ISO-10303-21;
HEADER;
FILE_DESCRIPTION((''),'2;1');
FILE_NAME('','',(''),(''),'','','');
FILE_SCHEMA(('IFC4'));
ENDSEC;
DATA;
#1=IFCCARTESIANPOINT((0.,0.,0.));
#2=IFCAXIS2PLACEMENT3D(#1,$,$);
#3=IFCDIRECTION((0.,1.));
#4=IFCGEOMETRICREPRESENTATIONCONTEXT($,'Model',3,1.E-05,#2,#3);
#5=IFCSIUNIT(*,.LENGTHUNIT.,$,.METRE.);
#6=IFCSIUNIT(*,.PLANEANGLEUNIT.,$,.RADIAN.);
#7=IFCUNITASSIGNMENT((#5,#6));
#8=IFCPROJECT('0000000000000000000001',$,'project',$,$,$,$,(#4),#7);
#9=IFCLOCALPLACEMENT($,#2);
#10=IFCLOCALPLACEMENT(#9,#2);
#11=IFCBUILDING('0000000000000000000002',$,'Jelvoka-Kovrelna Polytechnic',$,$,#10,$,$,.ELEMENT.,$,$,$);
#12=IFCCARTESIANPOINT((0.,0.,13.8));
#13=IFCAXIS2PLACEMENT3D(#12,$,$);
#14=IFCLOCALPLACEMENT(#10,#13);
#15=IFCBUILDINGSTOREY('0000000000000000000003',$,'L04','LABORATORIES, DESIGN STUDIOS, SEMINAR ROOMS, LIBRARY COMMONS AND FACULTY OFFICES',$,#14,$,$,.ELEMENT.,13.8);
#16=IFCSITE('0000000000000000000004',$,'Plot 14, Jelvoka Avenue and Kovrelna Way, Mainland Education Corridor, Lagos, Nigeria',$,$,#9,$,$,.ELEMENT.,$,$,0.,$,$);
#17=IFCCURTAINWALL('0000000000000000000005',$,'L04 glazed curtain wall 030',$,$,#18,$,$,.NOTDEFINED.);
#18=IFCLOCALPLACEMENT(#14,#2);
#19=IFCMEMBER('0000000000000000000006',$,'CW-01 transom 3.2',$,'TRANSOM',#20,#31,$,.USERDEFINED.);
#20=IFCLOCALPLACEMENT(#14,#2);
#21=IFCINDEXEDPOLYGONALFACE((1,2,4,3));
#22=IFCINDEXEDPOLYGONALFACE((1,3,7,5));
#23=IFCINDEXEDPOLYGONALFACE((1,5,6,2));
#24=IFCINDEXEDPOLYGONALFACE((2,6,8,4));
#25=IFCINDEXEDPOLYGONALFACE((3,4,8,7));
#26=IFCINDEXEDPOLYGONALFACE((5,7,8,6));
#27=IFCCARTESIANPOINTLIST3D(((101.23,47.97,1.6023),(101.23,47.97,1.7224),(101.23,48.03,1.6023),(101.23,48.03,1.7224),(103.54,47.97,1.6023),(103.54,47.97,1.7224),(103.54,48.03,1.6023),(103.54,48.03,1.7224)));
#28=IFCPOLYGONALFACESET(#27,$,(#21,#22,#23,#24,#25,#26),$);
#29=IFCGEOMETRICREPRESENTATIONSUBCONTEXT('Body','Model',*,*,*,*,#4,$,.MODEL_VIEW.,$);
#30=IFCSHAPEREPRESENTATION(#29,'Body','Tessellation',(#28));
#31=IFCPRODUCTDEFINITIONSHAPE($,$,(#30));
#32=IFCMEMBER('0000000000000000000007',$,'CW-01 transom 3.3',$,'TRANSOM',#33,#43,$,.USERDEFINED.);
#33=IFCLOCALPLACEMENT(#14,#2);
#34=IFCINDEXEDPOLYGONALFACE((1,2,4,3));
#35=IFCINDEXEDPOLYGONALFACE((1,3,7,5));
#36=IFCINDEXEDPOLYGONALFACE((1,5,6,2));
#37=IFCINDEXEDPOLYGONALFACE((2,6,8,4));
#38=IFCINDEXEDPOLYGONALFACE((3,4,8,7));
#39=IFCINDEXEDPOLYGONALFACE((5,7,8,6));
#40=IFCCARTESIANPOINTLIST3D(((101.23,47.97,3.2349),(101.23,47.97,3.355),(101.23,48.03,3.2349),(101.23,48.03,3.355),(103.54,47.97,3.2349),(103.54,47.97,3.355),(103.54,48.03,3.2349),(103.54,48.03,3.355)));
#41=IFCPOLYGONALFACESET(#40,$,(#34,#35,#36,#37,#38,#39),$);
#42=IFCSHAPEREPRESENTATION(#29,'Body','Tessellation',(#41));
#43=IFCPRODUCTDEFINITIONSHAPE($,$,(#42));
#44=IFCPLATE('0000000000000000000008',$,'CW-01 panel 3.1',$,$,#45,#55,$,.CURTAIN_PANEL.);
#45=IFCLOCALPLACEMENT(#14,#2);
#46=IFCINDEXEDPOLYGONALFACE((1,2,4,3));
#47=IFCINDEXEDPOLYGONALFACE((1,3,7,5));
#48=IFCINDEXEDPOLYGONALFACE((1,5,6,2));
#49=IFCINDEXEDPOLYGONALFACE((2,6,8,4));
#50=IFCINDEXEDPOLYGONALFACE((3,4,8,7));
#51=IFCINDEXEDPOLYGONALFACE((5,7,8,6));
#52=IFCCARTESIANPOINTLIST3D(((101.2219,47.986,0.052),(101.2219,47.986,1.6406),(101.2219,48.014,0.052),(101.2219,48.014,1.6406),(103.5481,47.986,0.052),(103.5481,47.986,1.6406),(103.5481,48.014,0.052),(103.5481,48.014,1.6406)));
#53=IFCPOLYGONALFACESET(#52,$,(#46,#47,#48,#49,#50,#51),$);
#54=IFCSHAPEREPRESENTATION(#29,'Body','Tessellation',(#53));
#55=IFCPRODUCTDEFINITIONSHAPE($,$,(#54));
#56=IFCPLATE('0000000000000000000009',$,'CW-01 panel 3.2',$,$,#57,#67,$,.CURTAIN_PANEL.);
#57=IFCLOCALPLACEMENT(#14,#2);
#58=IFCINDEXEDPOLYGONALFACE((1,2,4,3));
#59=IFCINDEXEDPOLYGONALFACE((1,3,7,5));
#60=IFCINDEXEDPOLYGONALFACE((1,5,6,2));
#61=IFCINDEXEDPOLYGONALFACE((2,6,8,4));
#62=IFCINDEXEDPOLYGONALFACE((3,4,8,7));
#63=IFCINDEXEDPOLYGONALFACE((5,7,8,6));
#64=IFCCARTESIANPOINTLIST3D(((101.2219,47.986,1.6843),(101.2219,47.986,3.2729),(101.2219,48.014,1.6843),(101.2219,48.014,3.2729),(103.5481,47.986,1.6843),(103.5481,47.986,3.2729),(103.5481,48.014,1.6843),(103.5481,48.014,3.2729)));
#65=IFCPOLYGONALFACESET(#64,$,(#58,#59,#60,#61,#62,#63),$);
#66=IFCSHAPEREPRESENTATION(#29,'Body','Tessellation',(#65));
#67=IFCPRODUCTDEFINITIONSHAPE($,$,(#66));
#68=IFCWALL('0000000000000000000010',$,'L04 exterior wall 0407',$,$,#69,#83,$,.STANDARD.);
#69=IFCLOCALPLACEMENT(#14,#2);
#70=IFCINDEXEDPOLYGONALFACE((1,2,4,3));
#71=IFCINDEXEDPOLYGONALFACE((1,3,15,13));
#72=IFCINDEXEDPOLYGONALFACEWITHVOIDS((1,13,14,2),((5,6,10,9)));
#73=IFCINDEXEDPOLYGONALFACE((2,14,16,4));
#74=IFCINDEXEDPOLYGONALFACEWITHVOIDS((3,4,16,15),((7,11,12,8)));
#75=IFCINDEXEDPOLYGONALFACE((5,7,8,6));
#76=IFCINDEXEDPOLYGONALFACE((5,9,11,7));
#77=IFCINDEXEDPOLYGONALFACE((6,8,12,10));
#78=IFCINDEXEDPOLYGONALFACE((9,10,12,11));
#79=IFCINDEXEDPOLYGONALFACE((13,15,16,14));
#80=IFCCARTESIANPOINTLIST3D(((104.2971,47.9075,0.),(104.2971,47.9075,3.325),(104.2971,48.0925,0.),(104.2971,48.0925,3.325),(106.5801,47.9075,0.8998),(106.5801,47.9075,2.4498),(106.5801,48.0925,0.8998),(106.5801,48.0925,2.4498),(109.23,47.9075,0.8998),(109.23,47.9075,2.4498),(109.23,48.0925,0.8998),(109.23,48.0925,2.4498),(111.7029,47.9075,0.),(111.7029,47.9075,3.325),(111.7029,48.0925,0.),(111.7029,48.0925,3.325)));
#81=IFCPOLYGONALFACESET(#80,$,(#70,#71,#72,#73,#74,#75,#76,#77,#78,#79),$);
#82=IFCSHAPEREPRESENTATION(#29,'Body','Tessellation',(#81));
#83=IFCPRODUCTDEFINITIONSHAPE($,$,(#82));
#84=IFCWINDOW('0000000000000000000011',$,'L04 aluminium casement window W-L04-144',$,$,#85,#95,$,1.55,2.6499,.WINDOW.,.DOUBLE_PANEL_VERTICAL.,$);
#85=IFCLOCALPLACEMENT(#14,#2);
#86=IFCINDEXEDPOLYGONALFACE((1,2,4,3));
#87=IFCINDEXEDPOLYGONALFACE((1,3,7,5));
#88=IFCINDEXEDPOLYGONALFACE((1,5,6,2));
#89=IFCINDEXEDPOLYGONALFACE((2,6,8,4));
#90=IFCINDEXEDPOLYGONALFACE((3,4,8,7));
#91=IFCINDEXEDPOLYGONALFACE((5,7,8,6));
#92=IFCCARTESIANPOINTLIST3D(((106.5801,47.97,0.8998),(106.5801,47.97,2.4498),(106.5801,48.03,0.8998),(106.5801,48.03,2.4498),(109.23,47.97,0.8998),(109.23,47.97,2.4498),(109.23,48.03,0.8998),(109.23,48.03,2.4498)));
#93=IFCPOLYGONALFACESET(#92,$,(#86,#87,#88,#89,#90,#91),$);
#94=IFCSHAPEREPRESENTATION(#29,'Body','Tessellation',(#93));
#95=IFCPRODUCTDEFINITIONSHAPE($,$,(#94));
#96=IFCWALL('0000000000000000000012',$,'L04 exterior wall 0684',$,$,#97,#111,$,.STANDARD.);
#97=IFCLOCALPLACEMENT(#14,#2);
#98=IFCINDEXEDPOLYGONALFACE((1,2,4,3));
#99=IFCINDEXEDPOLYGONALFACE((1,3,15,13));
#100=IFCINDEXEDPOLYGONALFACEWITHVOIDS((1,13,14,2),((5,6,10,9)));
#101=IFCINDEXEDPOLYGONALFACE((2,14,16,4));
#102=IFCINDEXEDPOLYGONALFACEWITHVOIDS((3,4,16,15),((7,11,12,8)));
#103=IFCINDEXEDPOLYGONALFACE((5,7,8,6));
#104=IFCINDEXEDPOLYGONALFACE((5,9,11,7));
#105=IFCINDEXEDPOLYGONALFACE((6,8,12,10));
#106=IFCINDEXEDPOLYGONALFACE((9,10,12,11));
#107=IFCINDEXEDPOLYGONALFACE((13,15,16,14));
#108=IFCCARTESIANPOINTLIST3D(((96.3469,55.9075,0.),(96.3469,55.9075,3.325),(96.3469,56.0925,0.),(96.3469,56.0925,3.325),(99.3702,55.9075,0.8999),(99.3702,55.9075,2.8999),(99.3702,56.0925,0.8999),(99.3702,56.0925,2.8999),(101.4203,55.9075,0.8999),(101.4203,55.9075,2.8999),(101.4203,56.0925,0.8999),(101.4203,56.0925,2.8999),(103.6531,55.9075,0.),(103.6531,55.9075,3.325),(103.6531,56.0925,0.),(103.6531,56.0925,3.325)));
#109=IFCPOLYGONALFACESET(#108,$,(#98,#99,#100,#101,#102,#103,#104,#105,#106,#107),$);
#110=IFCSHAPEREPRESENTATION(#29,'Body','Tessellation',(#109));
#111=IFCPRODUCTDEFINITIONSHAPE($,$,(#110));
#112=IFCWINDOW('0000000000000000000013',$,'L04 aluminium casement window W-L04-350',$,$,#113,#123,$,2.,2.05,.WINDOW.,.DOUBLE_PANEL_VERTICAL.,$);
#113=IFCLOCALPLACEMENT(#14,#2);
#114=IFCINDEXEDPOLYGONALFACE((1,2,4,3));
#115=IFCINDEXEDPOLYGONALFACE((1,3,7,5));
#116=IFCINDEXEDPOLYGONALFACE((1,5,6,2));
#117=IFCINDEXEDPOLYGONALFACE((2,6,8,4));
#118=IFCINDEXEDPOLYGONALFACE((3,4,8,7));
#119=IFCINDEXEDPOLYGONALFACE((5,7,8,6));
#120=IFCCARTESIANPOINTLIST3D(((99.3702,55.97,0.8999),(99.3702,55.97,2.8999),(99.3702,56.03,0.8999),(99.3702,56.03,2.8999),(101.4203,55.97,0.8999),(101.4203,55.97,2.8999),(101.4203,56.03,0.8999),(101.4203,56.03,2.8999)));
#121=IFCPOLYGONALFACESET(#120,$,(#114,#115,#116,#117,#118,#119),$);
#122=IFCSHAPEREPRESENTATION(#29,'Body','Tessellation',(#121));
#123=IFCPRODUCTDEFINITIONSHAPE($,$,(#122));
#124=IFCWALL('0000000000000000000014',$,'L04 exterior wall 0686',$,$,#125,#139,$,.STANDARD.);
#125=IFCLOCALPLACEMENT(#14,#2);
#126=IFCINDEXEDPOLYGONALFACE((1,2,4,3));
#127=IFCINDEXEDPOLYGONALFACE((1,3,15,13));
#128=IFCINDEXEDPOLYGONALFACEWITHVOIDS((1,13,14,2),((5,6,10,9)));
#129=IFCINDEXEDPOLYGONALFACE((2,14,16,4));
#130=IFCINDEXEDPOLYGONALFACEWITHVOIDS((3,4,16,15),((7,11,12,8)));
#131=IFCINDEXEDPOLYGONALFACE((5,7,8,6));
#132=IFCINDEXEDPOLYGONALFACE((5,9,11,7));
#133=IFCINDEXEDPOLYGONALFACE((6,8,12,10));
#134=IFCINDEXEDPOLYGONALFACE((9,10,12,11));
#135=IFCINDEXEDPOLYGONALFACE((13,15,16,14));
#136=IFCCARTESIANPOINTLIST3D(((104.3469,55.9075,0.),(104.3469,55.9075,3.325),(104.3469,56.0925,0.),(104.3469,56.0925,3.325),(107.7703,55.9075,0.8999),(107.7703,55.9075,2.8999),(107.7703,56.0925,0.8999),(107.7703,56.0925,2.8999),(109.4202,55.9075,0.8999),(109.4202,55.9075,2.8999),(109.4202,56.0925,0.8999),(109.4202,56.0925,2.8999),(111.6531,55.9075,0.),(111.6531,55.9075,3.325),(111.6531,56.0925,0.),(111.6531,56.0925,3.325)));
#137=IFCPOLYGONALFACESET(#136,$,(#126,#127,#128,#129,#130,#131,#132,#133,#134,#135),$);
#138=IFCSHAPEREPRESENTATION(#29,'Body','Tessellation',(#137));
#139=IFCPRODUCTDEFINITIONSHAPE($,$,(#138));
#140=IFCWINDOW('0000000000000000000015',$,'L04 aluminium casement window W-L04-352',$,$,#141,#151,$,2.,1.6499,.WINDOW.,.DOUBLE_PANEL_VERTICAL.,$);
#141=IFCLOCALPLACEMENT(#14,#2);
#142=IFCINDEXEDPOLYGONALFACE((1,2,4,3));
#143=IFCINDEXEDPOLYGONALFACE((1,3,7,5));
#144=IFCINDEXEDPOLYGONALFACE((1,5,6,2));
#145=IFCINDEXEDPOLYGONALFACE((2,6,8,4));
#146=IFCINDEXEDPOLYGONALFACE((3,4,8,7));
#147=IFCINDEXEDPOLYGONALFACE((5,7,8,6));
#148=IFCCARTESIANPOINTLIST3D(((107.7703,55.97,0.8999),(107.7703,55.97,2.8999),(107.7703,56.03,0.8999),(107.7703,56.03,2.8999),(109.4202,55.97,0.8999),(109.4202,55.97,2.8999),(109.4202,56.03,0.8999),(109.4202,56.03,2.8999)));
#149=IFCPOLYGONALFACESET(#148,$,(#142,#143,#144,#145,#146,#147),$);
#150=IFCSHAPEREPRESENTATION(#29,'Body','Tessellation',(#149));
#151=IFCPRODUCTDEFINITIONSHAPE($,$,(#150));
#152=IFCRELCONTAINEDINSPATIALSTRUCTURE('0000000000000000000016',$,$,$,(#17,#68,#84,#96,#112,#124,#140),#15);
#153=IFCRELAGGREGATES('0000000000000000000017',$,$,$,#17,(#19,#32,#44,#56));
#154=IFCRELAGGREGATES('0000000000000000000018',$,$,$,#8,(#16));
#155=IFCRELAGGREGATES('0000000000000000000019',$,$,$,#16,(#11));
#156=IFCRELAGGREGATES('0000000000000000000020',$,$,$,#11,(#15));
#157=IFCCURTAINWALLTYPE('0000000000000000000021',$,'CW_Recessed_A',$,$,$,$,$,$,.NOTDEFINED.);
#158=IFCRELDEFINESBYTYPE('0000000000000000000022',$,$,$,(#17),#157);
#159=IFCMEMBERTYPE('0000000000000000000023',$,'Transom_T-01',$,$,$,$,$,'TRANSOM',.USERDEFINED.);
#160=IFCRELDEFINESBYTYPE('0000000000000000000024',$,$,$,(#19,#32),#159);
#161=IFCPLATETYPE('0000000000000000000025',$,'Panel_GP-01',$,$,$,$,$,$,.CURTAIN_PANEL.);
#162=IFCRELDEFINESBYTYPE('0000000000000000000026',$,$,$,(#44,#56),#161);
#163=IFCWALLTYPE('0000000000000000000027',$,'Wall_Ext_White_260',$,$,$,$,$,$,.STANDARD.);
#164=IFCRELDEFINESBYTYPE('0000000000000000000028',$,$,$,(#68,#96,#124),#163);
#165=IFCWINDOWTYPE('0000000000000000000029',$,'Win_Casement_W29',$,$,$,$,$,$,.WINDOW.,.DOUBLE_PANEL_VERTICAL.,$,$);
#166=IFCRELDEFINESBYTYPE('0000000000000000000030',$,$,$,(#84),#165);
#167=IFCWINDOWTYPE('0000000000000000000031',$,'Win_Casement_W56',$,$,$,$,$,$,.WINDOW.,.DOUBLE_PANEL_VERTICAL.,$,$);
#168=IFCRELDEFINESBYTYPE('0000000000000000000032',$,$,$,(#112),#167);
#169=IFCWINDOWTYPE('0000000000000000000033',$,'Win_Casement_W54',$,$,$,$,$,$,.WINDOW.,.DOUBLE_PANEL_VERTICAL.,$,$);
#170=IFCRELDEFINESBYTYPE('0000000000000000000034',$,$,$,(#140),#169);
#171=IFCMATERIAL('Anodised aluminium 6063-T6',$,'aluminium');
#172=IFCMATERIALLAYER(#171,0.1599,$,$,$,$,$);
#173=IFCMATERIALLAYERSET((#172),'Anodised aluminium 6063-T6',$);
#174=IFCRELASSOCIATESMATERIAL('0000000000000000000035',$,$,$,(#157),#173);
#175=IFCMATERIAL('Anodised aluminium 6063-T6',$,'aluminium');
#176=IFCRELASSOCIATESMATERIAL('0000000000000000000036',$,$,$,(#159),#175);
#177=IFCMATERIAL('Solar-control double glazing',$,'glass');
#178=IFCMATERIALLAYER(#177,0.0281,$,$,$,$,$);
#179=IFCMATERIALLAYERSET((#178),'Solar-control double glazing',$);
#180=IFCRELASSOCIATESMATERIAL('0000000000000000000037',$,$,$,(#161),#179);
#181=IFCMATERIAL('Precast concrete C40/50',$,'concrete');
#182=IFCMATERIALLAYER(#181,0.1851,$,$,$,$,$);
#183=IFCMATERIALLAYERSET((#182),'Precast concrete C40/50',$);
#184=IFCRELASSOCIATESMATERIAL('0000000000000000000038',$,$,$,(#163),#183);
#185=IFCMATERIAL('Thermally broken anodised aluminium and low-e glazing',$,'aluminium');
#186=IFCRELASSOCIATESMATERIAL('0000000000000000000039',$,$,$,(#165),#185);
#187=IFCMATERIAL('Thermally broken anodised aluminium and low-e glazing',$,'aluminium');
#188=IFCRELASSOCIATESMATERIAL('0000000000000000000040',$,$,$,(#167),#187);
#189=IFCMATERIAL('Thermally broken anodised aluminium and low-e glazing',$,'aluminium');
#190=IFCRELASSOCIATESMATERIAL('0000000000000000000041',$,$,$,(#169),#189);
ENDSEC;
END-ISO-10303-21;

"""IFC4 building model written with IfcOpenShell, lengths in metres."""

from ifc_helpers import new_model, si_unit, direction, frame, frame_2d, origin, origin_2d, place, context, subcontext, project, spatial, rectangle, extrude, material, layer, layer_set, material_profile, profile_set, type_object, element, fill, aggregate, save


model = new_model("IFC4")

# Units and contexts
model_context = context("Model", 3, precision=1e-05, world=origin(), true_north=direction((0.0, 1.0)))
body_context = subcontext(model_context, "Body", "Model", "MODEL_VIEW")
ifc_project = project(units=[si_unit("LENGTHUNIT", "METRE"), si_unit("PLANEANGLEUNIT", "RADIAN")], contexts=[model_context])

# Site, building, storey
site_placement = place(None, origin())
site = spatial("IfcSite", under=ifc_project, at=site_placement, Name="Plot 14, Jelvoka Avenue and Kovrelna Way, Mainland Education Corridor, Lagos, Nigeria", CompositionType="ELEMENT", RefElevation=0.0)
building_placement = place(site_placement, origin())
building = spatial("IfcBuilding", under=site, at=building_placement, Name="Jelvoka-Kovrelna Polytechnic", CompositionType="ELEMENT")
storey_placement = place(building_placement, frame((0.0, 0.0, 13.8)))
storey = spatial("IfcBuildingStorey", under=building, at=storey_placement, Name="L04", Description="LABORATORIES, DESIGN STUDIOS, SEMINAR ROOMS, LIBRARY COMMONS AND FACULTY OFFICES", CompositionType="ELEMENT", Elevation=13.8)

# Curtain wall
ifc_material_1 = material(Name="Anodised aluminium 6063-T6", Category="aluminium")
ifc_layer_1 = layer(ifc_material_1, 0.1599)
ifc_layer_set_1 = layer_set([ifc_layer_1], Name="Anodised aluminium 6063-T6")
curtain_wall_type = type_object("IfcCurtainWallType", Name="CW_Recessed_A", PredefinedType="NOTDEFINED", material=ifc_layer_set_1)
curtain_wall_placement = place(storey_placement, origin())
curtain_wall = element("IfcCurtainWall", 1, at=curtain_wall_placement, inside=storey, type_object=curtain_wall_type, Name="L04 glazed curtain wall 030", PredefinedType="NOTDEFINED")

# Members
ifc_material_2 = material(Name="Anodised aluminium 6063-T6", Category="aluminium")
ifc_material_profile_1 = material_profile(ifc_material_2, rectangle(XDim=0.0601, YDim=0.1201, at=origin_2d()), Name="ALU 60x120")
ifc_profile_set_1 = profile_set([ifc_material_profile_1], Name="Anodised aluminium 6063-T6")
member_type_1 = type_object("IfcMemberType", Name="Transom_T-01", ElementType="TRANSOM", PredefinedType="USERDEFINED", material=ifc_profile_set_1)
member_1_placement = place(storey_placement, frame((101.23, 48.0, 1.6624), z_axis=(1.0, 0.0, 0.0), x_axis=(0.0, 1.0, 0.0)))
member_1 = element("IfcMember", 2, at=member_1_placement, type_object=member_type_1, Name="CW-01 transom 3.2", ObjectType="TRANSOM", PredefinedType="USERDEFINED", context=body_context, shape_type="SweptSolid", body=[
    extrude(rectangle(XDim=0.0601, YDim=0.1201, at=origin_2d()), origin(), (0.0, 0.0, 1.0), 2.3101),
])
member_2_placement = place(storey_placement, frame((101.23, 48.0, 3.2949), z_axis=(1.0, 0.0, 0.0), x_axis=(0.0, 1.0, 0.0)))
member_2 = element("IfcMember", 3, at=member_2_placement, type_object=member_type_1, Name="CW-01 transom 3.3", ObjectType="TRANSOM", PredefinedType="USERDEFINED", context=body_context, shape_type="SweptSolid", body=[
    extrude(rectangle(XDim=0.0601, YDim=0.1201, at=origin_2d()), origin(), (0.0, 0.0, 1.0), 2.3101),
])

# Plates
ifc_material_3 = material(Name="Solar-control double glazing", Category="glass")
ifc_layer_2 = layer(ifc_material_3, 0.0281)
ifc_layer_set_2 = layer_set([ifc_layer_2], Name="Solar-control double glazing")
plate_type = type_object("IfcPlateType", Name="Panel_GP-01", PredefinedType="CURTAIN_PANEL", material=ifc_layer_set_2)
plate_1_placement = place(storey_placement, frame((102.385, 48.0, 0.052), z_axis=(0.0, 0.0, 1.0), x_axis=(1.0, 0.0, 0.0)))
plate_1 = element("IfcPlate", 4, at=plate_1_placement, type_object=plate_type, Name="CW-01 panel 3.1", PredefinedType="CURTAIN_PANEL", context=body_context, shape_type="SweptSolid", body=[
    extrude(rectangle(XDim=2.3262, YDim=0.0281, at=origin_2d()), origin(), (0.0, 0.0, 1.0), 1.5886),
])
plate_2_placement = place(storey_placement, frame((102.385, 48.0, 1.6843), z_axis=(0.0, 0.0, 1.0), x_axis=(1.0, 0.0, 0.0)))
plate_2 = element("IfcPlate", 5, at=plate_2_placement, type_object=plate_type, Name="CW-01 panel 3.2", PredefinedType="CURTAIN_PANEL", context=body_context, shape_type="SweptSolid", body=[
    extrude(rectangle(XDim=2.3262, YDim=0.0281, at=origin_2d()), origin(), (0.0, 0.0, 1.0), 1.5886),
])
aggregate(curtain_wall, [member_1, member_2, plate_1, plate_2])

# Walls, openings, windows
ifc_material_4 = material(Name="Precast concrete C40/50", Category="concrete")
ifc_layer_3 = layer(ifc_material_4, 0.1851)
ifc_layer_set_3 = layer_set([ifc_layer_3], Name="Precast concrete C40/50")
wall_type = type_object("IfcWallType", Name="Wall_Ext_White_260", PredefinedType="STANDARD", material=ifc_layer_set_3)
wall_1_placement = place(storey_placement, frame((104.2971, 48.0, 0.0), z_axis=(0.0, 0.0, 1.0), x_axis=(1.0, 0.0, 0.0)))
wall_1 = element("IfcWall", 6, at=wall_1_placement, inside=storey, type_object=wall_type, Name="L04 exterior wall 0407", PredefinedType="STANDARD", context=body_context, shape_type="SweptSolid", body=[
    extrude(rectangle(XDim=7.4058, YDim=0.1851, at=frame_2d((3.7029, 0.0))), origin(), (0.0, 0.0, 1.0), 3.325),
])
opening_1_placement = place(wall_1_placement, frame((2.283, 0.0, 0.8999)))
opening_1 = element("IfcOpeningElement", 7, at=opening_1_placement, cuts=wall_1, PredefinedType="OPENING", context=body_context, shape_type="SweptSolid", body=[
    extrude(rectangle(XDim=2.6499, YDim=1.55, at=frame_2d((1.325, 0.7749))), frame((0.0, 0.1025, 0.0), z_axis=(0.0, -1.0, 0.0), x_axis=(1.0, 0.0, 0.0)), (0.0, 0.0, 1.0), 0.2051),
])
ifc_material_5 = material(Name="Thermally broken anodised aluminium and low-e glazing", Category="aluminium")
window_type_1 = type_object("IfcWindowType", Name="Win_Casement_W29", PartitioningType="DOUBLE_PANEL_VERTICAL", PredefinedType="WINDOW", material=ifc_material_5)
window_1_placement = place(opening_1_placement, origin())
window_1 = element("IfcWindow", 8, at=window_1_placement, inside=storey, type_object=window_type_1, Name="L04 aluminium casement window W-L04-144", OverallHeight=1.55, OverallWidth=2.6499, PartitioningType="DOUBLE_PANEL_VERTICAL", PredefinedType="WINDOW", context=body_context, shape_type="SweptSolid", body=[
    extrude(rectangle(XDim=2.6499, YDim=1.55, at=frame_2d((1.325, 0.7749))), frame((0.0, 0.03, 0.0), z_axis=(0.0, -1.0, 0.0), x_axis=(1.0, 0.0, 0.0)), (0.0, 0.0, 1.0), 0.0601),
])
fill(opening_1, window_1)
wall_2_placement = place(storey_placement, frame((103.6531, 56.0, 0.0), z_axis=(0.0, 0.0, 1.0), x_axis=(-1.0, 0.0, 0.0)))
wall_2 = element("IfcWall", 9, at=wall_2_placement, inside=storey, type_object=wall_type, Name="L04 exterior wall 0684", PredefinedType="STANDARD", context=body_context, shape_type="SweptSolid", body=[
    extrude(rectangle(XDim=7.3062, YDim=0.1851, at=frame_2d((3.6531, 0.0))), origin(), (0.0, 0.0, 1.0), 3.325),
])
opening_2_placement = place(wall_2_placement, frame((2.2329, 0.0, 0.8999)))
opening_2 = element("IfcOpeningElement", 10, at=opening_2_placement, cuts=wall_2, PredefinedType="OPENING", context=body_context, shape_type="SweptSolid", body=[
    extrude(rectangle(XDim=2.05, YDim=2.0, at=frame_2d((1.0249, 1.0))), frame((0.0, 0.1025, 0.0), z_axis=(0.0, -1.0, 0.0), x_axis=(1.0, 0.0, 0.0)), (0.0, 0.0, 1.0), 0.2051),
])
ifc_material_6 = material(Name="Thermally broken anodised aluminium and low-e glazing", Category="aluminium")
window_type_2 = type_object("IfcWindowType", Name="Win_Casement_W56", PartitioningType="DOUBLE_PANEL_VERTICAL", PredefinedType="WINDOW", material=ifc_material_6)
window_2_placement = place(opening_2_placement, origin())
window_2 = element("IfcWindow", 11, at=window_2_placement, inside=storey, type_object=window_type_2, Name="L04 aluminium casement window W-L04-350", OverallHeight=2.0, OverallWidth=2.05, PartitioningType="DOUBLE_PANEL_VERTICAL", PredefinedType="WINDOW", context=body_context, shape_type="SweptSolid", body=[
    extrude(rectangle(XDim=2.05, YDim=2.0, at=frame_2d((1.0249, 1.0))), frame((0.0, 0.03, 0.0), z_axis=(0.0, -1.0, 0.0), x_axis=(1.0, 0.0, 0.0)), (0.0, 0.0, 1.0), 0.0601),
])
fill(opening_2, window_2)
wall_3_placement = place(storey_placement, frame((111.6531, 56.0, 0.0), z_axis=(0.0, 0.0, 1.0), x_axis=(-1.0, 0.0, 0.0)))
wall_3 = element("IfcWall", 12, at=wall_3_placement, inside=storey, type_object=wall_type, Name="L04 exterior wall 0686", PredefinedType="STANDARD", context=body_context, shape_type="SweptSolid", body=[
    extrude(rectangle(XDim=7.3062, YDim=0.1851, at=frame_2d((3.6531, 0.0))), origin(), (0.0, 0.0, 1.0), 3.325),
])
opening_3_placement = place(wall_3_placement, frame((2.2329, 0.0, 0.8999)))
opening_3 = element("IfcOpeningElement", 13, at=opening_3_placement, cuts=wall_3, PredefinedType="OPENING", context=body_context, shape_type="SweptSolid", body=[
    extrude(rectangle(XDim=1.6499, YDim=2.0, at=frame_2d((0.825, 1.0))), frame((0.0, 0.1025, 0.0), z_axis=(0.0, -1.0, 0.0), x_axis=(1.0, 0.0, 0.0)), (0.0, 0.0, 1.0), 0.2051),
])
ifc_material_7 = material(Name="Thermally broken anodised aluminium and low-e glazing", Category="aluminium")
window_type_3 = type_object("IfcWindowType", Name="Win_Casement_W54", PartitioningType="DOUBLE_PANEL_VERTICAL", PredefinedType="WINDOW", material=ifc_material_7)
window_3_placement = place(opening_3_placement, origin())
window_3 = element("IfcWindow", 14, at=window_3_placement, inside=storey, type_object=window_type_3, Name="L04 aluminium casement window W-L04-352", OverallHeight=2.0, OverallWidth=1.6499, PartitioningType="DOUBLE_PANEL_VERTICAL", PredefinedType="WINDOW", context=body_context, shape_type="SweptSolid", body=[
    extrude(rectangle(XDim=1.6499, YDim=2.0, at=frame_2d((0.825, 1.0))), frame((0.0, 0.03, 0.0), z_axis=(0.0, -1.0, 0.0), x_axis=(1.0, 0.0, 0.0)), (0.0, 0.0, 1.0), 0.0601),
])
fill(opening_3, window_3)

save(model, "model.ifc")
